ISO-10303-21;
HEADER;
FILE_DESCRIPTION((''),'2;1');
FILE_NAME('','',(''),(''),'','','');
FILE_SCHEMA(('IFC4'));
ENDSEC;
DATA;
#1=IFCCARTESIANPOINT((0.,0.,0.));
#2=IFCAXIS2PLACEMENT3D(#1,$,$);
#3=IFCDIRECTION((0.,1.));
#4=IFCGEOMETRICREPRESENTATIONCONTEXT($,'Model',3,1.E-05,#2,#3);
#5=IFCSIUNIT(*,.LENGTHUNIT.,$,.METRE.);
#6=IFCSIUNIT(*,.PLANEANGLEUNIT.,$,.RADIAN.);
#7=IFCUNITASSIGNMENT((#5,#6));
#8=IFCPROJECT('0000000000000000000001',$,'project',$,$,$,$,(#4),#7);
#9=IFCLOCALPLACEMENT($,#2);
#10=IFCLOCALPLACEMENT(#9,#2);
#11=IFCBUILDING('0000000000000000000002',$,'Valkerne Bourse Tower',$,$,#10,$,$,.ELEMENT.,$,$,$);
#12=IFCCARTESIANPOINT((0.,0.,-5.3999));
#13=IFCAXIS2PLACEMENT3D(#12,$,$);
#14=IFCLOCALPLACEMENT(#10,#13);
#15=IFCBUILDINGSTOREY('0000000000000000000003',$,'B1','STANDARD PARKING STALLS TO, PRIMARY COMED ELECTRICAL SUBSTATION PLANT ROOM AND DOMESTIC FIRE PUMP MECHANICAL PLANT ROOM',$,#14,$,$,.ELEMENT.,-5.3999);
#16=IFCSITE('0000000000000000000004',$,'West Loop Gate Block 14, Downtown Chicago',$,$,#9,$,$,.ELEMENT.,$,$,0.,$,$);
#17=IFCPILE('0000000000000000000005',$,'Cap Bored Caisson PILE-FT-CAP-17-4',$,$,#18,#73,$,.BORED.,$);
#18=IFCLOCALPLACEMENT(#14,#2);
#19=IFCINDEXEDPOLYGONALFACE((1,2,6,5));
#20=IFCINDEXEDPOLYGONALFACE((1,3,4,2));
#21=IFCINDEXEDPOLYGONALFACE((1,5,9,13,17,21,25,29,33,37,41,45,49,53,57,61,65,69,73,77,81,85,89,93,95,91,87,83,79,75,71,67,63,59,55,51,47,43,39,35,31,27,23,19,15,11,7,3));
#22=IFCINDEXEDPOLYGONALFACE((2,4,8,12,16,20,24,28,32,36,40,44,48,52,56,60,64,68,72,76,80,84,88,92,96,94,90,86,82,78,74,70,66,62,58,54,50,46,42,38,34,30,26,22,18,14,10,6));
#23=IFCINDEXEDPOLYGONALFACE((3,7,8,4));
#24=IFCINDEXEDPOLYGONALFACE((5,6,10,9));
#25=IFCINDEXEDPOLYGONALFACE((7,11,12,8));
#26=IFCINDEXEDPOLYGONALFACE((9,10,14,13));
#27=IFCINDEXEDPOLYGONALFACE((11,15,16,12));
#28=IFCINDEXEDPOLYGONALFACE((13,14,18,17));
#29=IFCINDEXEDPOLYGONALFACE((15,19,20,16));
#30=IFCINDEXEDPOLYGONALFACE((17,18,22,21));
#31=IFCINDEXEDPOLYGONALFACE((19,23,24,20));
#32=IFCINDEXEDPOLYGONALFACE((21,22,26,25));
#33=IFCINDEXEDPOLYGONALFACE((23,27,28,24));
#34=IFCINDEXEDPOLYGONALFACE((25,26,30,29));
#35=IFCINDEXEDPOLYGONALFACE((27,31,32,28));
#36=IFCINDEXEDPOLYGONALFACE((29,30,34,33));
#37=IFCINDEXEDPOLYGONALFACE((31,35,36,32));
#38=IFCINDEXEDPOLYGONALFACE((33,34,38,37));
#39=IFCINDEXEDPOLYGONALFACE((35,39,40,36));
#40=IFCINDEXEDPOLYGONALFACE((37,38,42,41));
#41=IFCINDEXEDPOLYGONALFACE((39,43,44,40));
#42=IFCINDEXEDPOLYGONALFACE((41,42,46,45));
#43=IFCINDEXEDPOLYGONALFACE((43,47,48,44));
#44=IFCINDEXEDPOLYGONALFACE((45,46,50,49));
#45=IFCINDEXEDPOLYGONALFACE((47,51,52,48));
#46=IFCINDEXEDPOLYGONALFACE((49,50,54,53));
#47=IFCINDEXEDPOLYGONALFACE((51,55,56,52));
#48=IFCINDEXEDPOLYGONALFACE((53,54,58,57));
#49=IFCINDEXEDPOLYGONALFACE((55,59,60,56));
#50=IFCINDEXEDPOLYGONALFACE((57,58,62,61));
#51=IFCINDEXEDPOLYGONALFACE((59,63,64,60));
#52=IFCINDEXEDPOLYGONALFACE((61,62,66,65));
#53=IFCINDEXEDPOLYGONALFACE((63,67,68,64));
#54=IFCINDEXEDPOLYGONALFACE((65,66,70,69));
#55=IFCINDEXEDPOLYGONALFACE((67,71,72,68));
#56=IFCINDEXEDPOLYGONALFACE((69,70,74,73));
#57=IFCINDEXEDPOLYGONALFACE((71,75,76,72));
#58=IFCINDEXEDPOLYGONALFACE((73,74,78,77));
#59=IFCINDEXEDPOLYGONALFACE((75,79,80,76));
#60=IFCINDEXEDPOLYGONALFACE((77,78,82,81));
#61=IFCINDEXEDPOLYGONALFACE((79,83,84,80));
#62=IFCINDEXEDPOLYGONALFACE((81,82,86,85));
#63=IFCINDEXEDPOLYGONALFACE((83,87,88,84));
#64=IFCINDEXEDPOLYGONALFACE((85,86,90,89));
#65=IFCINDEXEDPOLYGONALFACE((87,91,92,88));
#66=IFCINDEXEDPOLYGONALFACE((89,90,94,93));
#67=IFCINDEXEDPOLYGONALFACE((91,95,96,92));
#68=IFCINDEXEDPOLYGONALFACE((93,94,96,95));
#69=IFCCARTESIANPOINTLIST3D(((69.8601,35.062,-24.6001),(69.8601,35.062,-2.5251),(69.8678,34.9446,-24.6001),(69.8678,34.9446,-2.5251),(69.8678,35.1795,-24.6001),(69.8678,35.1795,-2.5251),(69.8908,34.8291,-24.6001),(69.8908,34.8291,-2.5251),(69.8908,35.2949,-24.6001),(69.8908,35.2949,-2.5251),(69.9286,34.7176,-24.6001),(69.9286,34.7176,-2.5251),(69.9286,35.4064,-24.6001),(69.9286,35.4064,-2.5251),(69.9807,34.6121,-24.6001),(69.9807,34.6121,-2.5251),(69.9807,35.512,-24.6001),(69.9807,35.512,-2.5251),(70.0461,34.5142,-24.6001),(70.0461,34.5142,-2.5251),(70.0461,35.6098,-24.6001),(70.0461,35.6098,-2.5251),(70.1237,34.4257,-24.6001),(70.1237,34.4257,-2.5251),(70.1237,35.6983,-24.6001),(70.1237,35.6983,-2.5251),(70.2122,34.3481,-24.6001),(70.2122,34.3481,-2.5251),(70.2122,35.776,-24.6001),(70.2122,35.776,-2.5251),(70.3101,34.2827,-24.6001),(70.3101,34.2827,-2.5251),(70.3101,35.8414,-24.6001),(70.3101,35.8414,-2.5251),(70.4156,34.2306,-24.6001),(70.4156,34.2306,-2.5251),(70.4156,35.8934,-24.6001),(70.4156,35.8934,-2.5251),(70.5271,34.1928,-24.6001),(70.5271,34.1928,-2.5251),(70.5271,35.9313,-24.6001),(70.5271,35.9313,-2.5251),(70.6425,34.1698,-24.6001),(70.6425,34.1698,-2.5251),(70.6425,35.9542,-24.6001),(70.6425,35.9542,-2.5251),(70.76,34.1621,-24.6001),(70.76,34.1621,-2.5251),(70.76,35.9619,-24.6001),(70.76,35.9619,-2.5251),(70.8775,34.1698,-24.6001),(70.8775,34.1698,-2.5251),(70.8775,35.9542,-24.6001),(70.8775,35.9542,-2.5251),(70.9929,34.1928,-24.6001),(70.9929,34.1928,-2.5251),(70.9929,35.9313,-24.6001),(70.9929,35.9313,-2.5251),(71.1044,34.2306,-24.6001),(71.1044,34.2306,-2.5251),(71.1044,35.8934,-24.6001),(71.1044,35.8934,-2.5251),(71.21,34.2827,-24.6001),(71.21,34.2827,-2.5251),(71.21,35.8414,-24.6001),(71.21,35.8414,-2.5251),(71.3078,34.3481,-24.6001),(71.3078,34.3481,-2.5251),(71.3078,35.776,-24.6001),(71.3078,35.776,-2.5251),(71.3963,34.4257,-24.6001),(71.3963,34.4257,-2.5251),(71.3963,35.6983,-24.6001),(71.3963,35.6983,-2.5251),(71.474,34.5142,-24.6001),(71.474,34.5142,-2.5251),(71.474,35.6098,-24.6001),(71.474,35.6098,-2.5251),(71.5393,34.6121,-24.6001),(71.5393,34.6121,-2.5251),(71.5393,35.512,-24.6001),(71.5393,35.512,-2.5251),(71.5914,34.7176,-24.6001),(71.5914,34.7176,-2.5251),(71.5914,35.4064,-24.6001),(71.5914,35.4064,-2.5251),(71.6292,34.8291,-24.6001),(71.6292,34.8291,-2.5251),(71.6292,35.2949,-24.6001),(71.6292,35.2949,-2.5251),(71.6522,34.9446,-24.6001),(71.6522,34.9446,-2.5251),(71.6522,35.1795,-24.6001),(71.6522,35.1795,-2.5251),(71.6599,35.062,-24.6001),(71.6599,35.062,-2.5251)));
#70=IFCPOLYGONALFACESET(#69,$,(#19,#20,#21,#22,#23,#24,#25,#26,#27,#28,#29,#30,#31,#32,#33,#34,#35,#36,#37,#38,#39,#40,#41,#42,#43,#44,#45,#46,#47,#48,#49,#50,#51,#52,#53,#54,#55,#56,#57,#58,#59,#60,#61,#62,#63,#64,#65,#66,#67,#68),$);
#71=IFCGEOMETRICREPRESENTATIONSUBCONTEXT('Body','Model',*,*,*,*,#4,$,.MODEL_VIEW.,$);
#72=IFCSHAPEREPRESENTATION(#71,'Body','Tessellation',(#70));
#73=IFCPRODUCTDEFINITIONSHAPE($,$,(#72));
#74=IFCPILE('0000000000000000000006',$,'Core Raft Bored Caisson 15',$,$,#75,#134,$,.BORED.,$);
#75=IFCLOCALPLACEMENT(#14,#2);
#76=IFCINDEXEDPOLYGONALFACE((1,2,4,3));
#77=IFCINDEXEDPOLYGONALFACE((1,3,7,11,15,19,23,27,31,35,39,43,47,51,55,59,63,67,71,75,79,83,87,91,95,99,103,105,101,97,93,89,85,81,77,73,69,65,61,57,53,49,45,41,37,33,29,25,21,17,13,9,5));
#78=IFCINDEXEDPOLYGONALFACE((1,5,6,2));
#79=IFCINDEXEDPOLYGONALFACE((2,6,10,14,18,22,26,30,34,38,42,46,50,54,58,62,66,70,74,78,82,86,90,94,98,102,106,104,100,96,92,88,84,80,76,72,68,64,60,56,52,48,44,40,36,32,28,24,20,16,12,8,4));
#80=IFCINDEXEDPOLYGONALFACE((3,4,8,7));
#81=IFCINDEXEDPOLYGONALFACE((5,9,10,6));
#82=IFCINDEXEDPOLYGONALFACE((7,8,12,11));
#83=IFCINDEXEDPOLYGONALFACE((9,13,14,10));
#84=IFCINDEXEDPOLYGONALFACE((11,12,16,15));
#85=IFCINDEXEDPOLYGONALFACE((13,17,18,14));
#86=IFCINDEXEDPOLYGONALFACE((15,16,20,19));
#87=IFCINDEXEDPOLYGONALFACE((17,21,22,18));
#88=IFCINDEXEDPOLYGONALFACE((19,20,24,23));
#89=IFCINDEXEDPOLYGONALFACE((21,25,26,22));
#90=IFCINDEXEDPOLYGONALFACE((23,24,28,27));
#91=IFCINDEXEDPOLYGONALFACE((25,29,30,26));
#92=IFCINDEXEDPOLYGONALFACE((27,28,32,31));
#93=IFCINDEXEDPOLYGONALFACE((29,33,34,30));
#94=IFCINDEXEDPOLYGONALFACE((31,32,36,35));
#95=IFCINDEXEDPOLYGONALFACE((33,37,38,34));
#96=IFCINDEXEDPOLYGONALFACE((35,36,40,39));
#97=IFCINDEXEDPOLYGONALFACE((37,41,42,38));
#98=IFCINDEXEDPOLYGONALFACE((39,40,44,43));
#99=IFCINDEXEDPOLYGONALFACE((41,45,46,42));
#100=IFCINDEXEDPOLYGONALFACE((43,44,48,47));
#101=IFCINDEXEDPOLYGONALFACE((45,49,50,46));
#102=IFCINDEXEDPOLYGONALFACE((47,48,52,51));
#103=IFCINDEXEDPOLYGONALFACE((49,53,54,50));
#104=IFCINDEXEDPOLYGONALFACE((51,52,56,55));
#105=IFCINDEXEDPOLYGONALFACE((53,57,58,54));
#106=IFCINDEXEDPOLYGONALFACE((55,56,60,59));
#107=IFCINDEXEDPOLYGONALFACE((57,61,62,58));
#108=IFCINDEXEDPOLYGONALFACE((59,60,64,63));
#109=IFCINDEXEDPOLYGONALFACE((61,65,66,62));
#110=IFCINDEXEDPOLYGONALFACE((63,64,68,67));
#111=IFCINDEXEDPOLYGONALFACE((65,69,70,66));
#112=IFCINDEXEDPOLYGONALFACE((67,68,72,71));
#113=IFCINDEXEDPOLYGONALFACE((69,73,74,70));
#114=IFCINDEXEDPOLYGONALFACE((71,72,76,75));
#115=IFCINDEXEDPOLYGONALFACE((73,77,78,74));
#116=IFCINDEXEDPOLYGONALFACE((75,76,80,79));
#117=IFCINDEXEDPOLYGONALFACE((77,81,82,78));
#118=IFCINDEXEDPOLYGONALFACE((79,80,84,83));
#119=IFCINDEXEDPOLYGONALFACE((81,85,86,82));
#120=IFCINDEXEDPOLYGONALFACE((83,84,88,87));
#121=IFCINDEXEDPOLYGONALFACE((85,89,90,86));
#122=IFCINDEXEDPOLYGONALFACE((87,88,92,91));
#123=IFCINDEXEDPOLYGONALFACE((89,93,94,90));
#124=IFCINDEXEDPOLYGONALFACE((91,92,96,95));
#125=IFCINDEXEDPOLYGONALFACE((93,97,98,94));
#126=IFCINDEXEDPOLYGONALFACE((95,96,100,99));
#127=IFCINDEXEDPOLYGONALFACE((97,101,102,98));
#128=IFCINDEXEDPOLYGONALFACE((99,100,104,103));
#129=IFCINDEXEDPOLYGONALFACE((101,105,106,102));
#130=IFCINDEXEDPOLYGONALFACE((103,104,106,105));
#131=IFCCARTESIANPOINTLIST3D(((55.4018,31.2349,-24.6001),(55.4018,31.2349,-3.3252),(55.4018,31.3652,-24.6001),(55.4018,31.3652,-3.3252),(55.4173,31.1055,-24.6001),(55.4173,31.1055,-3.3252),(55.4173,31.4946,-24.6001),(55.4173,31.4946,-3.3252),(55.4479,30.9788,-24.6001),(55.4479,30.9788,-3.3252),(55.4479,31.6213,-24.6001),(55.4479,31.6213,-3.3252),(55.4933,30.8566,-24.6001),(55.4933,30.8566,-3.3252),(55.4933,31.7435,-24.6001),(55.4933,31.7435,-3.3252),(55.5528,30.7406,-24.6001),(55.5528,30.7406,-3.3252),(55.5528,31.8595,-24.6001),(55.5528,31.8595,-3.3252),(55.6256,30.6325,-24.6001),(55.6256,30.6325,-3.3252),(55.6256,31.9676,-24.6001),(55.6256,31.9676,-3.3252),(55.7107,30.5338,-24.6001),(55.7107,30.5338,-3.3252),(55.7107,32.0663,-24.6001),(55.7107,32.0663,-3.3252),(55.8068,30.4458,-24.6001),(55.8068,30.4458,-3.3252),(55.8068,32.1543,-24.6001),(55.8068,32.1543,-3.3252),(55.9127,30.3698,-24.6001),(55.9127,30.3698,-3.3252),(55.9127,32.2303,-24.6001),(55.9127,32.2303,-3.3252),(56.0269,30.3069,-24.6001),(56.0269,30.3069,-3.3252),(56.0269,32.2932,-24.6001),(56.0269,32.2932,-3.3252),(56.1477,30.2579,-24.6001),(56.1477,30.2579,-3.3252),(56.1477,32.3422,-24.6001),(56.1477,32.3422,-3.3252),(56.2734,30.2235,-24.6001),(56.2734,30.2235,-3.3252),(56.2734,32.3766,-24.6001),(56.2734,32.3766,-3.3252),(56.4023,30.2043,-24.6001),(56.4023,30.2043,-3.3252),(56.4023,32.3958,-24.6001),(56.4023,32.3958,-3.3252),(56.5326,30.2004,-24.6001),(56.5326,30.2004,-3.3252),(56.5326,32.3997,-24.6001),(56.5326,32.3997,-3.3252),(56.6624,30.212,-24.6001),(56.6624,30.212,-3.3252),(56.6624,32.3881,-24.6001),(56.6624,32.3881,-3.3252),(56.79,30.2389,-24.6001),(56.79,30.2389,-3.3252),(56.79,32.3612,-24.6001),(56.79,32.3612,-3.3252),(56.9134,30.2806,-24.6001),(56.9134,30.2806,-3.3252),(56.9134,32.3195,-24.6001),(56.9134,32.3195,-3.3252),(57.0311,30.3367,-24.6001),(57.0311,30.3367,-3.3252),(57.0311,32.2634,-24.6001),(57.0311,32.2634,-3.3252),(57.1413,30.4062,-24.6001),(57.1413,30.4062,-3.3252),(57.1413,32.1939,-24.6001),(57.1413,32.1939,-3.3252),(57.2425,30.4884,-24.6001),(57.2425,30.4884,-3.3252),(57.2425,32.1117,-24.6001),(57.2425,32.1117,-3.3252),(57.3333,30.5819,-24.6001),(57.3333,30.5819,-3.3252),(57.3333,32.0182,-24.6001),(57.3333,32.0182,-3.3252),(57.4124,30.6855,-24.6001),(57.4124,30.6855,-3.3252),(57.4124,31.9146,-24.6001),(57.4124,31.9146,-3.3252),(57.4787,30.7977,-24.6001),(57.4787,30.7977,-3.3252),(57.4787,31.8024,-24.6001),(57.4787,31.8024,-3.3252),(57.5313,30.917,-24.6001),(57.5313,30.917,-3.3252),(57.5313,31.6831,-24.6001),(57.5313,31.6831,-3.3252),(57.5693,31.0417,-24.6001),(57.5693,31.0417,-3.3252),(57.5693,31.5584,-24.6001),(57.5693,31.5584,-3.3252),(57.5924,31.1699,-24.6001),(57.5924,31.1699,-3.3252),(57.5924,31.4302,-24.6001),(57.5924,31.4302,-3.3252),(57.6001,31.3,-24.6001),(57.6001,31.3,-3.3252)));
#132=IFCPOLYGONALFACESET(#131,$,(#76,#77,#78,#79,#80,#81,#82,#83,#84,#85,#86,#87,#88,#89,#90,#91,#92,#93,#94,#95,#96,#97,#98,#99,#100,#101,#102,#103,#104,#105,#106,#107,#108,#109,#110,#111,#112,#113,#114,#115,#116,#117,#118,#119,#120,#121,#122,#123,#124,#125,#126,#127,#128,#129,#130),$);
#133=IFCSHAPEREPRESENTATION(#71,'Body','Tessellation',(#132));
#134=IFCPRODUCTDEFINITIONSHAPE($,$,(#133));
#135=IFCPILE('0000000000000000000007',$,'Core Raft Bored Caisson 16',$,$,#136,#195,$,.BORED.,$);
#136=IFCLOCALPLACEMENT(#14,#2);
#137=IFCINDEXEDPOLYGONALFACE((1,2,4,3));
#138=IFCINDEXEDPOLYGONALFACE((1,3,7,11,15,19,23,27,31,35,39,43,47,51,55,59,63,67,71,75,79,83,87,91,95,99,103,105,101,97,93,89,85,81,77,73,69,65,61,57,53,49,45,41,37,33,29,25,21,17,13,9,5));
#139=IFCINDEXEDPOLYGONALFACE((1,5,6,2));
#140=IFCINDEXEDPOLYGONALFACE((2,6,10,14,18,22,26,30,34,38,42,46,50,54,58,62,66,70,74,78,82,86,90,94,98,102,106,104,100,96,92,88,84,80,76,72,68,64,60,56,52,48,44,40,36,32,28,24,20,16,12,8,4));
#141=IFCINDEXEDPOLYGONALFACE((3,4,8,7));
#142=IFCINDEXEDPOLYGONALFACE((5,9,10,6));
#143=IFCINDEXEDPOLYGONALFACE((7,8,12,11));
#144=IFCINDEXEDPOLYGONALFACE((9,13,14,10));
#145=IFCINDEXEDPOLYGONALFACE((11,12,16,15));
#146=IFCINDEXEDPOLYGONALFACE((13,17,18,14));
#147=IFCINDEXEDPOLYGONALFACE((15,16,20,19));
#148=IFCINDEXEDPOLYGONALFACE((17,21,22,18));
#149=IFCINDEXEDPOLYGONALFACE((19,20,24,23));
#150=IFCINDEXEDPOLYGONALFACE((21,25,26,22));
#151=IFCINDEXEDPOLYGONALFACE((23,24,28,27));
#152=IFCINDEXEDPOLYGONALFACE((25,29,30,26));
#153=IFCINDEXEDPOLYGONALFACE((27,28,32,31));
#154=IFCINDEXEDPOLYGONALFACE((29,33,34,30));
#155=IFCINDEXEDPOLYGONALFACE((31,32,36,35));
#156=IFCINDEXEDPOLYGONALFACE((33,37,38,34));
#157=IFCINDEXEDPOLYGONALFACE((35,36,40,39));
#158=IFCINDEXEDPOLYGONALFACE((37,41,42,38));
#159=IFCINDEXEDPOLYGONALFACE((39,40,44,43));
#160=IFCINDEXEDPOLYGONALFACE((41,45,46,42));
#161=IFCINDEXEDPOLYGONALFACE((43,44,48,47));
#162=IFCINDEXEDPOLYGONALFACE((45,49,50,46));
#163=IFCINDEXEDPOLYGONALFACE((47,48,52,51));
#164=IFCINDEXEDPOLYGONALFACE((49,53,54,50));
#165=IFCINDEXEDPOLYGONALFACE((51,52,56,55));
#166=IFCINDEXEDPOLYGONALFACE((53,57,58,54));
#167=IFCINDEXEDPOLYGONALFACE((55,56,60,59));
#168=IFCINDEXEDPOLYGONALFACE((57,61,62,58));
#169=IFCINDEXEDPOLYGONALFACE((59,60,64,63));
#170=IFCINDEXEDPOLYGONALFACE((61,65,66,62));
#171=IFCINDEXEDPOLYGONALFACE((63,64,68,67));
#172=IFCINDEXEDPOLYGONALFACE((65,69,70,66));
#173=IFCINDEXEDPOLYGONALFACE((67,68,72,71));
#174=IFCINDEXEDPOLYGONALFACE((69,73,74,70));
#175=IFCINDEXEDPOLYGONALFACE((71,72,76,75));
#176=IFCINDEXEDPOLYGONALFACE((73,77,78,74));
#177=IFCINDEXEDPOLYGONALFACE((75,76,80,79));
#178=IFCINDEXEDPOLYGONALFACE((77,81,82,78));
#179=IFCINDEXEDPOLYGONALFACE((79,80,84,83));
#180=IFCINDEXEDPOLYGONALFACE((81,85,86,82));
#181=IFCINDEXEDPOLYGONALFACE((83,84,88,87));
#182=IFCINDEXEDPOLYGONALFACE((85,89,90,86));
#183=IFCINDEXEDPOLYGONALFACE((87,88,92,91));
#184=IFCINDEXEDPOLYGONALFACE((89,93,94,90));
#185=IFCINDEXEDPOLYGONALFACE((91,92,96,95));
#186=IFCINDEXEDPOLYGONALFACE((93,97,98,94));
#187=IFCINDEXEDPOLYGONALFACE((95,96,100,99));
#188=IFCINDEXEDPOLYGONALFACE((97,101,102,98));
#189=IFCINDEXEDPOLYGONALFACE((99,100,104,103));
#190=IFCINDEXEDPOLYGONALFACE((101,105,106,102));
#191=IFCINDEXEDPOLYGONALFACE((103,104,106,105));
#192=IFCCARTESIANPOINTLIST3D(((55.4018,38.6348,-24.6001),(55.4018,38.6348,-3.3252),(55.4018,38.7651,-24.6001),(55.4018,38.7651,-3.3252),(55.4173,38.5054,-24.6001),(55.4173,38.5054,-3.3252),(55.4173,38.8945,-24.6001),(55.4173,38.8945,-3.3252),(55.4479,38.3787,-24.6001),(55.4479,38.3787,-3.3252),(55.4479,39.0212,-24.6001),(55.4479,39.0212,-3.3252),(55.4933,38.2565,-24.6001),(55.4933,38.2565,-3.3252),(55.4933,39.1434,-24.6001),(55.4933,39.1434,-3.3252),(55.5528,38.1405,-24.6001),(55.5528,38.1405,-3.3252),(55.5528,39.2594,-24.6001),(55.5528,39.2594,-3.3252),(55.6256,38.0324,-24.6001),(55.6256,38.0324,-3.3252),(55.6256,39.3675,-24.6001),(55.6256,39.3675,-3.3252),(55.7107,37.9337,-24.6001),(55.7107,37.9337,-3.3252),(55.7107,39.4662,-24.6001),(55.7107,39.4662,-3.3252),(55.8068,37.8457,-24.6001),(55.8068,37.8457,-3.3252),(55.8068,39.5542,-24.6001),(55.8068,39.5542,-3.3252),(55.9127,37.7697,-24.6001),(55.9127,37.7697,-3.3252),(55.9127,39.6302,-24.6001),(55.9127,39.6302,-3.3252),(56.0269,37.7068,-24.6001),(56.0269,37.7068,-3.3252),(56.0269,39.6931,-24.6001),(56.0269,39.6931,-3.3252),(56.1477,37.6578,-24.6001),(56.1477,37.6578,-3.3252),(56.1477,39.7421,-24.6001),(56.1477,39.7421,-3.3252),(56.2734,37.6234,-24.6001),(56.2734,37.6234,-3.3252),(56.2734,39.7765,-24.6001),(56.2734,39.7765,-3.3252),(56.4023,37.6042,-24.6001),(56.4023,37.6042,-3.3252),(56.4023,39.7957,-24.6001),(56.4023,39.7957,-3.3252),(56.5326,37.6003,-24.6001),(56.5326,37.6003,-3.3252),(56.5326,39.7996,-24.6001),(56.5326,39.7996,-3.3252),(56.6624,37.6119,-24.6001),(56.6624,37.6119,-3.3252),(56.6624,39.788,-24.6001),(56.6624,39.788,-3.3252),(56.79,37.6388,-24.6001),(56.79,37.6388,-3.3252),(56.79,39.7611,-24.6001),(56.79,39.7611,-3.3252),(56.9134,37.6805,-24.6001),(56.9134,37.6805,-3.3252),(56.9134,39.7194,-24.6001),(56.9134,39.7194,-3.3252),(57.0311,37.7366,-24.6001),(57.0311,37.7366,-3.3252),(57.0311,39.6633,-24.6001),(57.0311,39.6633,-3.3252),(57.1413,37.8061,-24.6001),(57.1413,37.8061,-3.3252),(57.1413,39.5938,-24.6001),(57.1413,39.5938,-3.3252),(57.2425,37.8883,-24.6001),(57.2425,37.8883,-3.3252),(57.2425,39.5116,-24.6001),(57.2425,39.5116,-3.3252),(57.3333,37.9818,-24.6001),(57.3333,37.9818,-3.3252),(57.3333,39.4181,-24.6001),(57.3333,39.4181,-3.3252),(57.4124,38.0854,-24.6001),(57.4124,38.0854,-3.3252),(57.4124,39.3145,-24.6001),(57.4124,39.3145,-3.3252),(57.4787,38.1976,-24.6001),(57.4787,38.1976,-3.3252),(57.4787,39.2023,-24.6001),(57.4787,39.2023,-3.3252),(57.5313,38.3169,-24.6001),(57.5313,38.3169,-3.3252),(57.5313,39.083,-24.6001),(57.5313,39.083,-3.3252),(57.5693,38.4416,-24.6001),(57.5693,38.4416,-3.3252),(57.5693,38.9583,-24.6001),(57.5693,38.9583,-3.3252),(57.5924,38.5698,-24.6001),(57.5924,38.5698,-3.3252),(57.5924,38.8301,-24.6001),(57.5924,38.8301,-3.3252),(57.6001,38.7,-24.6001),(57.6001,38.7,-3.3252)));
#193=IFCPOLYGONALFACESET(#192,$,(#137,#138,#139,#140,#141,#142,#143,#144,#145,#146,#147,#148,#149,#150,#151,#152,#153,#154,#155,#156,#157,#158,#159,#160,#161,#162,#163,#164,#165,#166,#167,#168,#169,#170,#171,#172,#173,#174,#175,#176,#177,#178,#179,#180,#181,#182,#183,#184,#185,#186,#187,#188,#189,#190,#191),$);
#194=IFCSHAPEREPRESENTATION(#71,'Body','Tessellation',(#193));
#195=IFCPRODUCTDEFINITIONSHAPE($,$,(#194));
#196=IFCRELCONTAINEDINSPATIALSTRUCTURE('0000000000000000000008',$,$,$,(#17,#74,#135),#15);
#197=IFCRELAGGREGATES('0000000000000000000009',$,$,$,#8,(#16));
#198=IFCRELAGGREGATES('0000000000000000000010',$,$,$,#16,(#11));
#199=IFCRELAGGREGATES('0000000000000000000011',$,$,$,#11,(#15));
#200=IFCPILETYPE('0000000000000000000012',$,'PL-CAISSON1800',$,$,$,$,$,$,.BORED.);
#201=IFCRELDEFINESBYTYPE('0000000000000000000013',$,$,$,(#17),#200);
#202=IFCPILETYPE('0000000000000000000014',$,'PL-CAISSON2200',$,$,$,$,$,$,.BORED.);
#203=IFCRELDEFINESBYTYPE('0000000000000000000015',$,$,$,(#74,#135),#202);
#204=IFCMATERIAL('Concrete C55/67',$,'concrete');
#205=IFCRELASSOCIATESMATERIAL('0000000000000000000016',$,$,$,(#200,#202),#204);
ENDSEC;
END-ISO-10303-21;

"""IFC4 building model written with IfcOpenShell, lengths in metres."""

from ifc_helpers import new_model, si_unit, direction, frame, origin, origin_2d, place, context, subcontext, project, spatial, circle, extrude, material, material_profile, profile_set, type_object, element, save


model = new_model("IFC4")

# Units and contexts
model_context = context("Model", 3, precision=1e-05, world=origin(), true_north=direction((0.0, 1.0)))
body_context = subcontext(model_context, "Body", "Model", "MODEL_VIEW")
ifc_project = project(units=[si_unit("LENGTHUNIT", "METRE"), si_unit("PLANEANGLEUNIT", "RADIAN")], contexts=[model_context])

# Site, building, storey
site_placement = place(None, origin())
site = spatial("IfcSite", under=ifc_project, at=site_placement, Name="West Loop Gate Block 14, Downtown Chicago", CompositionType="ELEMENT", RefElevation=0.0)
building_placement = place(site_placement, origin())
building = spatial("IfcBuilding", under=site, at=building_placement, Name="Valkerne Bourse Tower", CompositionType="ELEMENT")
storey_placement = place(building_placement, frame((0.0, 0.0, -5.3999)))
storey = spatial("IfcBuildingStorey", under=building, at=storey_placement, Name="B1", Description="STANDARD PARKING STALLS TO, PRIMARY COMED ELECTRICAL SUBSTATION PLANT ROOM AND DOMESTIC FIRE PUMP MECHANICAL PLANT ROOM", CompositionType="ELEMENT", Elevation=-5.3999)

# Piles
ifc_material_1 = material(Name="Concrete C55/67", Category="concrete")
ifc_material_profile_1 = material_profile(ifc_material_1, circle(Radius=0.8999, at=origin_2d()), Name="CAISSON1800")
ifc_profile_set_1 = profile_set([ifc_material_profile_1], Name="Concrete C55/67")
pile_type_1 = type_object("IfcPileType", Name="PL-CAISSON1800", PredefinedType="BORED", material=ifc_profile_set_1)
for number, where, z_axis, x_axis, name in (
    (1, (70.76, 35.062, -2.5251), (0.0, 0.0, -1.0), (1.0, 0.0, 0.0), "Cap Bored Caisson PILE-FT-CAP-17-4"),
):
    element("IfcPile", number, at=place(storey_placement, frame(where, z_axis=z_axis, x_axis=x_axis)), inside=storey, type_object=pile_type_1, Name=name, PredefinedType="BORED", context=body_context, shape_type="SweptSolid", body=[
        extrude(circle(Radius=0.8999, at=origin_2d()), origin(), (0.0, 0.0, 1.0), 22.075),
    ])
ifc_material_profile_2 = material_profile(ifc_material_1, circle(Radius=1.1001, at=origin_2d()), Name="CAISSON2200")
ifc_profile_set_2 = profile_set([ifc_material_profile_2], Name="Concrete C55/67")
pile_type_2 = type_object("IfcPileType", Name="PL-CAISSON2200", PredefinedType="BORED", material=ifc_profile_set_2)
for number, where, z_axis, x_axis, name in (
    (2, (56.5, 31.3, -3.3252), (0.0, 0.0, -1.0), (1.0, 0.0, 0.0), "Core Raft Bored Caisson 15"),
    (3, (56.5, 38.7, -3.3252), (0.0, 0.0, -1.0), (1.0, 0.0, 0.0), "Core Raft Bored Caisson 16"),
):
    element("IfcPile", number, at=place(storey_placement, frame(where, z_axis=z_axis, x_axis=x_axis)), inside=storey, type_object=pile_type_2, Name=name, PredefinedType="BORED", context=body_context, shape_type="SweptSolid", body=[
        extrude(circle(Radius=1.1001, at=origin_2d()), origin(), (0.0, 0.0, 1.0), 21.2749),
    ])

save(model, "model.ifc")
